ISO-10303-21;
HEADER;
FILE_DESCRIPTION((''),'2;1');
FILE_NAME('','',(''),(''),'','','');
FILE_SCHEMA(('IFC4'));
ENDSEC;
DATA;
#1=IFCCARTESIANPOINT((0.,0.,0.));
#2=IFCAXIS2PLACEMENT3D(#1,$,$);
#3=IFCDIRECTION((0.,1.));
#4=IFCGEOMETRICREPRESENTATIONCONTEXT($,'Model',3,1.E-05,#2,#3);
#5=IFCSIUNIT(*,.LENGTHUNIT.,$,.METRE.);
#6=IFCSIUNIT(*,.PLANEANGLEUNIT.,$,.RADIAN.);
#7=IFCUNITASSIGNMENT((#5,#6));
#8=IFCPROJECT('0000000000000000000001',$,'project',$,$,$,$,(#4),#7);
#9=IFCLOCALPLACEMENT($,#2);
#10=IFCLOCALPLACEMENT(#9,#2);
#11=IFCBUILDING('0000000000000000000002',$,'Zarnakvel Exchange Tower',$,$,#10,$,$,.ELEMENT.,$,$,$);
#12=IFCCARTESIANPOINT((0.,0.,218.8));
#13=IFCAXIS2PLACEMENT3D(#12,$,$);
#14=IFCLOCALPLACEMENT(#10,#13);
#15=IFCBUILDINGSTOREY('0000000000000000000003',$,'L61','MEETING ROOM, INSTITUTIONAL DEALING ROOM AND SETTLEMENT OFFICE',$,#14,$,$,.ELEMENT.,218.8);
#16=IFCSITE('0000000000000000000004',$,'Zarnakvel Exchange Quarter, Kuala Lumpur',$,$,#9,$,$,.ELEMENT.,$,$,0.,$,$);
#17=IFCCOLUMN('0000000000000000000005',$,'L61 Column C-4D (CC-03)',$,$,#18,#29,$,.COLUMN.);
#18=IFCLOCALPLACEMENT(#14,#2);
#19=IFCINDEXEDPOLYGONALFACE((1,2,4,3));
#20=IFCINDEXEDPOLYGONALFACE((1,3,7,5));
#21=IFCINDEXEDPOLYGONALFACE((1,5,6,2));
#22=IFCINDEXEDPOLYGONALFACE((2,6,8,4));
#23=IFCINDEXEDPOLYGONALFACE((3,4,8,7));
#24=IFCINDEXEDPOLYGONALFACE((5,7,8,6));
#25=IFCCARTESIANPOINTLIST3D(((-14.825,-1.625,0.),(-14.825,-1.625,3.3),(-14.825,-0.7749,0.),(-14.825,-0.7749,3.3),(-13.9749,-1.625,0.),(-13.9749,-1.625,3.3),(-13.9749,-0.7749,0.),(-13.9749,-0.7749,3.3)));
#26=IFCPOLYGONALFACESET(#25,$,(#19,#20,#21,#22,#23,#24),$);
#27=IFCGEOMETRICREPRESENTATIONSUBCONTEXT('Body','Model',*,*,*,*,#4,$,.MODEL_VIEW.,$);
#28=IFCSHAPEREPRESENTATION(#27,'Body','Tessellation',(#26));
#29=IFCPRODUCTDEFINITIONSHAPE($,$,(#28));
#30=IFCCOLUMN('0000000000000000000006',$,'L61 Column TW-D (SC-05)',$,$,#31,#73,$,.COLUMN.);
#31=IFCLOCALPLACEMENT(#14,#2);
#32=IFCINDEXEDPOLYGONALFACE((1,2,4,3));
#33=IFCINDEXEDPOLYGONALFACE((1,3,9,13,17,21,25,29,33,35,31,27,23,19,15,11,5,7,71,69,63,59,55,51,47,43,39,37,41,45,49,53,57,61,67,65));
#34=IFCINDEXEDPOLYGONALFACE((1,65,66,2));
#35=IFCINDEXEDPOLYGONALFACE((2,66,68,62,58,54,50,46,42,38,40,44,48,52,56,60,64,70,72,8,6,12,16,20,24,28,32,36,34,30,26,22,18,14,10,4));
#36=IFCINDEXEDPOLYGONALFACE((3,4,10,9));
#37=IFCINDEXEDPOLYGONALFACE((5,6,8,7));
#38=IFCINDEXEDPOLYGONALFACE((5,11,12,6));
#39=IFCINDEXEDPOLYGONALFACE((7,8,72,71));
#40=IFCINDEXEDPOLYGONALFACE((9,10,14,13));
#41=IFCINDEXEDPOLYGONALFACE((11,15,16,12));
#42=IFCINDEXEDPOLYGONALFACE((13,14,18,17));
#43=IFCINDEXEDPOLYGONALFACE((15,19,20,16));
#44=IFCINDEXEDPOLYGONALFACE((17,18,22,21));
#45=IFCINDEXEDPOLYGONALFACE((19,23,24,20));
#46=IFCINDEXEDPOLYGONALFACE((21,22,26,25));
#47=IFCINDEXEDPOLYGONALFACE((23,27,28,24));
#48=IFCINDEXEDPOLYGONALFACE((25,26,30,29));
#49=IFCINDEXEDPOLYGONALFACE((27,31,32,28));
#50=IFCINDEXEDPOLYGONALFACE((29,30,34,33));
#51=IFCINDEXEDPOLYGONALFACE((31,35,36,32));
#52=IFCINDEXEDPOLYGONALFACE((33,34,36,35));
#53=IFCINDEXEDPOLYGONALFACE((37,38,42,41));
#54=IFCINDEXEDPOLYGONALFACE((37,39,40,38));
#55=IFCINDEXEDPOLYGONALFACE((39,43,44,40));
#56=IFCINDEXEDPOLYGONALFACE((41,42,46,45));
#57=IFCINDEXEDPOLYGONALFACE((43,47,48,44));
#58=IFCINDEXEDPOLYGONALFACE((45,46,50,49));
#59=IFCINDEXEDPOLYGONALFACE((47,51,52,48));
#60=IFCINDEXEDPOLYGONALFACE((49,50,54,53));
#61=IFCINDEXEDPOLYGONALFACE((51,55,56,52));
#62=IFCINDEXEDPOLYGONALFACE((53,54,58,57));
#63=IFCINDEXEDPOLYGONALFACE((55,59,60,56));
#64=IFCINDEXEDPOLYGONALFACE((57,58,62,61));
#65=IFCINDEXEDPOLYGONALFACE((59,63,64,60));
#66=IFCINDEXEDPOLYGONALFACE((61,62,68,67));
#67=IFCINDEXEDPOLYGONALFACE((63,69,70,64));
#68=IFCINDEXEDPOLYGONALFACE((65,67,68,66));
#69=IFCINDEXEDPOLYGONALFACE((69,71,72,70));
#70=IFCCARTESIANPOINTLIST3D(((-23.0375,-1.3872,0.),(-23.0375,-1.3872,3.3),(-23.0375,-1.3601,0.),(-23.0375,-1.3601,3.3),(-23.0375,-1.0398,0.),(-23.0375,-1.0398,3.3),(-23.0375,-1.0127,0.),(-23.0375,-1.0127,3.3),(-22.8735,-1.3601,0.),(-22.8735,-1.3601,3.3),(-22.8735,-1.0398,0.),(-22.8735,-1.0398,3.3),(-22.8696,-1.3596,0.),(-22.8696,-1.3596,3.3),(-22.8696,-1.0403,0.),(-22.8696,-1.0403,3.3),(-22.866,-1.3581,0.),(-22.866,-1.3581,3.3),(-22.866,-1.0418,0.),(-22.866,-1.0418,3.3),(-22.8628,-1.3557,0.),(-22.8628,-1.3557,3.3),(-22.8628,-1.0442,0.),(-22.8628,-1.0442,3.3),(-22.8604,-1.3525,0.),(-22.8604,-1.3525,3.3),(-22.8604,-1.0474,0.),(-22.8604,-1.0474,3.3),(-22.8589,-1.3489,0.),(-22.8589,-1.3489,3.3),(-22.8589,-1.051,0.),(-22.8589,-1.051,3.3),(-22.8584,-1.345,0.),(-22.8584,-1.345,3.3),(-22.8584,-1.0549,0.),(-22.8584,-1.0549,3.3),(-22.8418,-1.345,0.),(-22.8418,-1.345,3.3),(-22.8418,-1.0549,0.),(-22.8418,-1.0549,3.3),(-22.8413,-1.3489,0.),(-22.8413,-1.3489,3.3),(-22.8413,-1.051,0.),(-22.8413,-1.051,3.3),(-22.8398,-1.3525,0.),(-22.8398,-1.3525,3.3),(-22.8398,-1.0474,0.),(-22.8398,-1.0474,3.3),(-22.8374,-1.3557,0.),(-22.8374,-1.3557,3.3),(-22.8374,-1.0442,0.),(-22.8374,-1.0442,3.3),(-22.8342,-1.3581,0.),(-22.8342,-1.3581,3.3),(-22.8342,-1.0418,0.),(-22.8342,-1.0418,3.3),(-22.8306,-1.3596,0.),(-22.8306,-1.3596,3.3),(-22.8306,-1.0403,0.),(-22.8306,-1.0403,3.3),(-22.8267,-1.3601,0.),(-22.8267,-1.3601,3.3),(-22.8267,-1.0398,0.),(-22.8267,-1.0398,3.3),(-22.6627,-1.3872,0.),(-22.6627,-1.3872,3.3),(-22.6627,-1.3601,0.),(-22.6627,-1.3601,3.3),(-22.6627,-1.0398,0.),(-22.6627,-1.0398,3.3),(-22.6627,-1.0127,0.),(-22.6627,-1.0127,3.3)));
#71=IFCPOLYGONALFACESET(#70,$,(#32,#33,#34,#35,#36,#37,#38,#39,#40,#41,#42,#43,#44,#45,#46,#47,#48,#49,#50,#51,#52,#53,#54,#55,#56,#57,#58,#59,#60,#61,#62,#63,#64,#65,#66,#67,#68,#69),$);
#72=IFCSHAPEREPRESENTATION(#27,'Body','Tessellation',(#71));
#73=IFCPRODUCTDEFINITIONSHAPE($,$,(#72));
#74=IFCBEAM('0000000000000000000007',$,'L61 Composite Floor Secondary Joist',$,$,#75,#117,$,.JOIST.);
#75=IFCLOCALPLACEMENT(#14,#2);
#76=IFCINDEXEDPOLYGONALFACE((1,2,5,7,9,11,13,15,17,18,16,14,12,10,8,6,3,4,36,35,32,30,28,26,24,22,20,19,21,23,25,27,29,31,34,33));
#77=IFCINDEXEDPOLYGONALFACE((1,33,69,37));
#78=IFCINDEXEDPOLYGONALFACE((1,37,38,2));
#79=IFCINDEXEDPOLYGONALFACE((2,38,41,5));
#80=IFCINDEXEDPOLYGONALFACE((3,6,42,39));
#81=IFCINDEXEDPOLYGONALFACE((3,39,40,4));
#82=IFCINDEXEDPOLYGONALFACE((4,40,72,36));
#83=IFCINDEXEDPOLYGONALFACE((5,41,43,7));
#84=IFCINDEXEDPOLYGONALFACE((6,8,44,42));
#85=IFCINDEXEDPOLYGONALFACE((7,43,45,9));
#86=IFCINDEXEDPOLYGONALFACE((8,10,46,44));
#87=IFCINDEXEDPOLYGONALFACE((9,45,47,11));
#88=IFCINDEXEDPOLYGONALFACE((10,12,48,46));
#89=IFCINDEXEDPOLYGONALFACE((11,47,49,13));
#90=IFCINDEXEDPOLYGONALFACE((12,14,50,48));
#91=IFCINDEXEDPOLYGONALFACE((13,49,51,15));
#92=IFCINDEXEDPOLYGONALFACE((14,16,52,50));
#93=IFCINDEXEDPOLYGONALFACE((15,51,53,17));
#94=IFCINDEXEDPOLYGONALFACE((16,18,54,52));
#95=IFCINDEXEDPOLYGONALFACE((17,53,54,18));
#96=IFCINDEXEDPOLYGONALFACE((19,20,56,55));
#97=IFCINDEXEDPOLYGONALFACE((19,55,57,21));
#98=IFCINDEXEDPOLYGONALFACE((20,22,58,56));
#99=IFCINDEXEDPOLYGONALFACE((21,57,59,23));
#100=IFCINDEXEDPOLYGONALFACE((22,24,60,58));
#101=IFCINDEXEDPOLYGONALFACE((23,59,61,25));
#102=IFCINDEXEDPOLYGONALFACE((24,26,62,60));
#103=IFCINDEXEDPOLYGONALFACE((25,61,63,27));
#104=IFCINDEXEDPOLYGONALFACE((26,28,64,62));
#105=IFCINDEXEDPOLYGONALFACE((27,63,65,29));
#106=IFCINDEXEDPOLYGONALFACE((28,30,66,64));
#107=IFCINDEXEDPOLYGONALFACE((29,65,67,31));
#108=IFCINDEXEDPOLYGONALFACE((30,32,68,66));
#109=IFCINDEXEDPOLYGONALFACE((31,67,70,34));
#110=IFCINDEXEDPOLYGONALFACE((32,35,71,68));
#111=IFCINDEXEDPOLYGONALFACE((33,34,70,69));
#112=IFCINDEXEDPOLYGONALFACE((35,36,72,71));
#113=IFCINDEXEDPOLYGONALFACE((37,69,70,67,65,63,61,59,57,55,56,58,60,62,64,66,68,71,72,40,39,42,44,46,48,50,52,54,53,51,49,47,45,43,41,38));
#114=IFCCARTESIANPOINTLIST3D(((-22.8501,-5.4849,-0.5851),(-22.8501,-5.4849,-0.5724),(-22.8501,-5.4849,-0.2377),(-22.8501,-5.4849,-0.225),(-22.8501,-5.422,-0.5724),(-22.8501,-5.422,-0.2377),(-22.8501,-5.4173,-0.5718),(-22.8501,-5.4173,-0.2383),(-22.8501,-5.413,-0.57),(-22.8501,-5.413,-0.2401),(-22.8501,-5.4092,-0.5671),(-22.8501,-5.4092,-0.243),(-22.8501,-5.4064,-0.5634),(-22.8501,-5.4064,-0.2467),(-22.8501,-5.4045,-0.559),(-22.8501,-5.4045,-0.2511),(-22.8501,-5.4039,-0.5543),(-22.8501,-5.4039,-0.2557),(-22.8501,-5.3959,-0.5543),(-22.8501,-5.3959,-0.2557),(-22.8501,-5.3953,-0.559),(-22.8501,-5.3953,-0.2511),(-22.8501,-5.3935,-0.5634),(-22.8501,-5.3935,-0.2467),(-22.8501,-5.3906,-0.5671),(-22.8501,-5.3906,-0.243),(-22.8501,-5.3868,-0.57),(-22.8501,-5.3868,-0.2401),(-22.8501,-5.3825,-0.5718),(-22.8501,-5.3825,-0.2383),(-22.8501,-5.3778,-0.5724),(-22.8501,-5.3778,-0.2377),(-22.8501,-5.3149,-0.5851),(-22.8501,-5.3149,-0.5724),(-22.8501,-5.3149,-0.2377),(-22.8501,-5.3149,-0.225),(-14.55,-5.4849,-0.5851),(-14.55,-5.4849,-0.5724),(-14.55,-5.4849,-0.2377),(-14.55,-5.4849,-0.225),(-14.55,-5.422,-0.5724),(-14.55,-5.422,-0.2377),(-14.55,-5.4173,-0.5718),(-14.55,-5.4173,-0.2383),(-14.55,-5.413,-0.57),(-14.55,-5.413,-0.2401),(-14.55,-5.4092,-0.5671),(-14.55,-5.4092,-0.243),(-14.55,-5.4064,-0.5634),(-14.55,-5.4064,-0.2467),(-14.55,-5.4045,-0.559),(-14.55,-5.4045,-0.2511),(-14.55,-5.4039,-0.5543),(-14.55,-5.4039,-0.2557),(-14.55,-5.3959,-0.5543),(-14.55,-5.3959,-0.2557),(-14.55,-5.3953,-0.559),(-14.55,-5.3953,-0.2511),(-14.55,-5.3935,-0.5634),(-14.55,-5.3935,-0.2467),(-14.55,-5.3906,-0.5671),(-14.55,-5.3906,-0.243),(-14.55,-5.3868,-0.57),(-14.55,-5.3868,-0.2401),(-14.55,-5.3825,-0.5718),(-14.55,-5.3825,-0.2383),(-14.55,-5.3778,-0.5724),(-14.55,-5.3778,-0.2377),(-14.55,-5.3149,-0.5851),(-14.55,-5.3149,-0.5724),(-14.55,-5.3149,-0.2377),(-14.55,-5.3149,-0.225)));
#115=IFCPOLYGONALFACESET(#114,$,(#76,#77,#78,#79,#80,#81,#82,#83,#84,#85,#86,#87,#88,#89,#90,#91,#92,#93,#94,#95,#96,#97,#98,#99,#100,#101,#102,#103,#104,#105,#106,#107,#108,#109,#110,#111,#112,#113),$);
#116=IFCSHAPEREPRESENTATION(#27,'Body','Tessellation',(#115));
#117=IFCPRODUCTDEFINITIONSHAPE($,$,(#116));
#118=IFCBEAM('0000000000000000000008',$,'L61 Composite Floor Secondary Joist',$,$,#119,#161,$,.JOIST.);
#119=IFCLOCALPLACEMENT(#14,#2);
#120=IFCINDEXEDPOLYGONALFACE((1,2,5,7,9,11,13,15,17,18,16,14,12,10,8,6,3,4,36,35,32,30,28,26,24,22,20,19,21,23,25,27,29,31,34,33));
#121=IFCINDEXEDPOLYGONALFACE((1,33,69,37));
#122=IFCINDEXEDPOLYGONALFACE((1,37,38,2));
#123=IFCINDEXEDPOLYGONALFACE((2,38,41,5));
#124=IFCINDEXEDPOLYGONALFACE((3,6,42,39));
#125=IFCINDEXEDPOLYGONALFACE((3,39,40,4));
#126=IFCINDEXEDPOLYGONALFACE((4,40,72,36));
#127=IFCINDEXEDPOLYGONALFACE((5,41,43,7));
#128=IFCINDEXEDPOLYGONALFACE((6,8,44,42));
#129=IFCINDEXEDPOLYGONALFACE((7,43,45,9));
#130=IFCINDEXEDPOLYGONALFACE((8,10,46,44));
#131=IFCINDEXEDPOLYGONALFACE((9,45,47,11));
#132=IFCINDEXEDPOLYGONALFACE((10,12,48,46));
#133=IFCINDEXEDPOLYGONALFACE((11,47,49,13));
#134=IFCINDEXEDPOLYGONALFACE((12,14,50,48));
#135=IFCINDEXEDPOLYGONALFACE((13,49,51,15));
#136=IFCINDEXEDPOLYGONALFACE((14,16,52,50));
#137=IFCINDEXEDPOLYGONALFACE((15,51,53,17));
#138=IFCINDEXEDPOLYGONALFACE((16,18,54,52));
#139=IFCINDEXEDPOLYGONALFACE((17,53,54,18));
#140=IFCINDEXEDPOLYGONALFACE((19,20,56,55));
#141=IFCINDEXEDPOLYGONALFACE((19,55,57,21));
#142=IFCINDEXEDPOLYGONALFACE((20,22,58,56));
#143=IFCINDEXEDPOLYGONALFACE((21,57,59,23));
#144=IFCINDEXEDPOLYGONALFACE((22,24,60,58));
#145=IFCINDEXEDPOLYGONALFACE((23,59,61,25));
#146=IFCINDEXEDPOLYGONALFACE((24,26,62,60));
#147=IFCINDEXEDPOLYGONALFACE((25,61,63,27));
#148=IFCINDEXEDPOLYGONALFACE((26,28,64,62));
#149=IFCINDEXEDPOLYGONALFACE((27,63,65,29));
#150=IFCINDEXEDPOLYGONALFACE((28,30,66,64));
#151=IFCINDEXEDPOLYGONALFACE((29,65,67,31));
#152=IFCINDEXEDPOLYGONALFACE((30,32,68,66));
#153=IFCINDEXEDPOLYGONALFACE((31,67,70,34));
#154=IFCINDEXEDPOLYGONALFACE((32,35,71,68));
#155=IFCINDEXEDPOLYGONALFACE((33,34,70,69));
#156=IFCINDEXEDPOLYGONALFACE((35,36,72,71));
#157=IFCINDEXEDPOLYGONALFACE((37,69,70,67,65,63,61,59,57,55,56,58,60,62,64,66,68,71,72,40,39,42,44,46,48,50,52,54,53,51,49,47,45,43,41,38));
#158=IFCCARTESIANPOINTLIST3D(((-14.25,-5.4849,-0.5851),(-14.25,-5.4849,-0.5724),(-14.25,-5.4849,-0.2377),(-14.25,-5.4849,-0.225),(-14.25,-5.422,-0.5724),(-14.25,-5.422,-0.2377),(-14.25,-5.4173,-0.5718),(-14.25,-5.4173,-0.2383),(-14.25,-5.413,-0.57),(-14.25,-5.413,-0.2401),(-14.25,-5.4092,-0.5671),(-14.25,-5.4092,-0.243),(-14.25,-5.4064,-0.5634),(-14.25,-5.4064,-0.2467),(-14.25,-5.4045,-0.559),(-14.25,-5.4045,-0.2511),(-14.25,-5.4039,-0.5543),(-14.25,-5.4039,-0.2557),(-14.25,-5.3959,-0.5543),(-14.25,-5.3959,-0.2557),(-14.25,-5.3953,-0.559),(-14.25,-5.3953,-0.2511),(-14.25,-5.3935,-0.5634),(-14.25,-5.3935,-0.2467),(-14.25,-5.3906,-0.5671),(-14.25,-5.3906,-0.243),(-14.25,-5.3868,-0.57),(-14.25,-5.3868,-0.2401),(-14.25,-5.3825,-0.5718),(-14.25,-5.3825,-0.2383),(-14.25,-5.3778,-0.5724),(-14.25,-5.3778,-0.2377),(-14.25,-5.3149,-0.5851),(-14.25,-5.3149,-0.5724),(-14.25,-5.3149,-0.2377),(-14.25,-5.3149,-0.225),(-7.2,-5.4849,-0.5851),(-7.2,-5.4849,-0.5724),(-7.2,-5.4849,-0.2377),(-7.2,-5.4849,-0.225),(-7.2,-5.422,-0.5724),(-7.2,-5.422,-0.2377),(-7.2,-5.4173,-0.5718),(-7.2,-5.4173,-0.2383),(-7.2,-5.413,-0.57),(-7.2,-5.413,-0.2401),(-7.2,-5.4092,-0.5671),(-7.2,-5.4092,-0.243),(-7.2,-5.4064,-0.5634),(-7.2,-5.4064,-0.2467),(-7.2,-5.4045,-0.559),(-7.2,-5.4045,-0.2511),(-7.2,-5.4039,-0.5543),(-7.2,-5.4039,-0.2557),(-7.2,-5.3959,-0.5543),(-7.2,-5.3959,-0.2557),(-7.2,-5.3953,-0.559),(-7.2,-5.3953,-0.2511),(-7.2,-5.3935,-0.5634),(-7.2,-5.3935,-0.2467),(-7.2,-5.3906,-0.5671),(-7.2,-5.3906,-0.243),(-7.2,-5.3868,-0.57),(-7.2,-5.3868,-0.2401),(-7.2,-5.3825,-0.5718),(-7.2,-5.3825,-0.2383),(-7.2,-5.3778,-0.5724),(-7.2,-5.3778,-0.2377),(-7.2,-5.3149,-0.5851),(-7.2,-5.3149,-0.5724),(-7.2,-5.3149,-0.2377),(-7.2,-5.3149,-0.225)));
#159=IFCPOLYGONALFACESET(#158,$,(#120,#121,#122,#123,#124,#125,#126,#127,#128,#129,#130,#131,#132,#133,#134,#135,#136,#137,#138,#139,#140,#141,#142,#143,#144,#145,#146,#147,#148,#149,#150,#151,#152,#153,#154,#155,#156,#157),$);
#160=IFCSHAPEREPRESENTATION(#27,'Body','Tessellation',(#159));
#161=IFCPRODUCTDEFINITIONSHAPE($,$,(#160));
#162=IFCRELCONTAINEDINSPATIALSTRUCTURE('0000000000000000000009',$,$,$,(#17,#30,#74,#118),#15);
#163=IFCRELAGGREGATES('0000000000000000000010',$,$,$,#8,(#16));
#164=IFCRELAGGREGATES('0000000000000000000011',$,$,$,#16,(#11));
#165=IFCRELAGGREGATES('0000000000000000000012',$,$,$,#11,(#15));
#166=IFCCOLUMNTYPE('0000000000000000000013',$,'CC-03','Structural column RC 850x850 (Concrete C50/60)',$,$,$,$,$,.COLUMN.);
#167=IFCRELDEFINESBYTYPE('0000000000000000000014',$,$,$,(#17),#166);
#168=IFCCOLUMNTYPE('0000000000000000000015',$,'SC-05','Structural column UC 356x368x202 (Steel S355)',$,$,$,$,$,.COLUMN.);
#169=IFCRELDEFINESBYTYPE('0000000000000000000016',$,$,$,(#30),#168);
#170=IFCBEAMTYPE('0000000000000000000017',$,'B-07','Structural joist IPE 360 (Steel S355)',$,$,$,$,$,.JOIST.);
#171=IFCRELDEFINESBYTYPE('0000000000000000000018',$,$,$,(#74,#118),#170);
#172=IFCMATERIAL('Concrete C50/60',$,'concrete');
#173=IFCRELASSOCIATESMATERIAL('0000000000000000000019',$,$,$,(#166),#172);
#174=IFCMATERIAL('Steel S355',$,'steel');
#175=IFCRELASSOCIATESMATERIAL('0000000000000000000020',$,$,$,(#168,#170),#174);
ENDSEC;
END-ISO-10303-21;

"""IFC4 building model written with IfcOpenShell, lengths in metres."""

from ifc_helpers import new_model, si_unit, direction, frame, origin, origin_2d, place, context, subcontext, project, spatial, rectangle, i_section, extrude, material, material_profile, profile_set, type_object, element, save


model = new_model("IFC4")

# Units and contexts
model_context = context("Model", 3, precision=1e-05, world=origin(), true_north=direction((0.0, 1.0)))
body_context = subcontext(model_context, "Body", "Model", "MODEL_VIEW")
ifc_project = project(units=[si_unit("LENGTHUNIT", "METRE"), si_unit("PLANEANGLEUNIT", "RADIAN")], contexts=[model_context])

# Site, building, storey
site_placement = place(None, origin())
site = spatial("IfcSite", under=ifc_project, at=site_placement, Name="Zarnakvel Exchange Quarter, Kuala Lumpur", CompositionType="ELEMENT", RefElevation=0.0)
building_placement = place(site_placement, origin())
building = spatial("IfcBuilding", under=site, at=building_placement, Name="Zarnakvel Exchange Tower", CompositionType="ELEMENT")
storey_placement = place(building_placement, frame((0.0, 0.0, 218.8)))
storey = spatial("IfcBuildingStorey", under=building, at=storey_placement, Name="L61", Description="MEETING ROOM, INSTITUTIONAL DEALING ROOM AND SETTLEMENT OFFICE", CompositionType="ELEMENT", Elevation=218.8)

# Columns
ifc_material_1 = material(Name="Concrete C50/60", Category="concrete")
ifc_material_profile_1 = material_profile(ifc_material_1, rectangle(XDim=0.8501, YDim=0.8501, at=origin_2d()))
ifc_profile_set_1 = profile_set([ifc_material_profile_1], Name="Concrete C50/60")
column_type_1 = type_object("IfcColumnType", Name="CC-03", Description="Structural column RC 850x850 (Concrete C50/60)", PredefinedType="COLUMN", material=ifc_profile_set_1)
column_1_placement = place(storey_placement, frame((-14.3999, -1.2, 0.0), z_axis=(0.0, 0.0, 1.0), x_axis=(1.0, 0.0, 0.0)))
element("IfcColumn", 1, at=column_1_placement, inside=storey, type_object=column_type_1, Name="L61 Column C-4D (CC-03)", PredefinedType="COLUMN", context=body_context, shape_type="SweptSolid", body=[
    extrude(rectangle(XDim=0.8501, YDim=0.8501, at=origin_2d()), origin(), (0.0, 0.0, 1.0), 3.3),
])
ifc_material_2 = material(Name="Steel S355", Category="steel")
ifc_material_profile_2 = material_profile(ifc_material_2, i_section(OverallWidth=0.3748, OverallDepth=0.3745, WebThickness=0.0166, FlangeThickness=0.0271, FilletRadius=0.0151, at=origin_2d()))
ifc_profile_set_2 = profile_set([ifc_material_profile_2], Name="Steel S355")
column_type_2 = type_object("IfcColumnType", Name="SC-05", Description="Structural column UC 356x368x202 (Steel S355)", PredefinedType="COLUMN", material=ifc_profile_set_2)
column_2_placement = place(storey_placement, frame((-22.8501, -1.2, 0.0), z_axis=(0.0, 0.0, 1.0), x_axis=(1.0, 0.0, 0.0)))
element("IfcColumn", 2, at=column_2_placement, inside=storey, type_object=column_type_2, Name="L61 Column TW-D (SC-05)", PredefinedType="COLUMN", context=body_context, shape_type="SweptSolid", body=[
    extrude(i_section(OverallWidth=0.3748, OverallDepth=0.3745, WebThickness=0.0166, FlangeThickness=0.0271, FilletRadius=0.0151, at=origin_2d()), origin(), (0.0, 0.0, 1.0), 3.3),
])

# Beams
ifc_material_profile_3 = material_profile(ifc_material_2, i_section(OverallWidth=0.1699, OverallDepth=0.3601, WebThickness=0.0081, FlangeThickness=0.0127, FilletRadius=0.0181, at=origin_2d()))
ifc_profile_set_3 = profile_set([ifc_material_profile_3], Name="Steel S355")
beam_type_1 = type_object("IfcBeamType", Name="B-07", Description="Structural joist IPE 360 (Steel S355)", PredefinedType="JOIST", material=ifc_profile_set_3)
beam_1_placement = place(storey_placement, frame((-22.8501, -5.3999, -0.405), z_axis=(1.0, 0.0, 0.0), x_axis=(0.0, 1.0, 0.0)))
element("IfcBeam", 3, at=beam_1_placement, inside=storey, type_object=beam_type_1, Name="L61 Composite Floor Secondary Joist", PredefinedType="JOIST", context=body_context, shape_type="SweptSolid", body=[
    extrude(i_section(OverallWidth=0.1699, OverallDepth=0.3601, WebThickness=0.0081, FlangeThickness=0.0127, FilletRadius=0.0181, at=origin_2d()), origin(), (0.0, 0.0, 1.0), 8.3),
])
beam_2_placement = place(storey_placement, frame((-14.25, -5.3999, -0.405), z_axis=(1.0, 0.0, 0.0), x_axis=(0.0, 1.0, 0.0)))
element("IfcBeam", 4, at=beam_2_placement, inside=storey, type_object=beam_type_1, Name="L61 Composite Floor Secondary Joist", PredefinedType="JOIST", context=body_context, shape_type="SweptSolid", body=[
    extrude(i_section(OverallWidth=0.1699, OverallDepth=0.3601, WebThickness=0.0081, FlangeThickness=0.0127, FilletRadius=0.0181, at=origin_2d()), origin(), (0.0, 0.0, 1.0), 7.05),
])

save(model, "model.ifc")
